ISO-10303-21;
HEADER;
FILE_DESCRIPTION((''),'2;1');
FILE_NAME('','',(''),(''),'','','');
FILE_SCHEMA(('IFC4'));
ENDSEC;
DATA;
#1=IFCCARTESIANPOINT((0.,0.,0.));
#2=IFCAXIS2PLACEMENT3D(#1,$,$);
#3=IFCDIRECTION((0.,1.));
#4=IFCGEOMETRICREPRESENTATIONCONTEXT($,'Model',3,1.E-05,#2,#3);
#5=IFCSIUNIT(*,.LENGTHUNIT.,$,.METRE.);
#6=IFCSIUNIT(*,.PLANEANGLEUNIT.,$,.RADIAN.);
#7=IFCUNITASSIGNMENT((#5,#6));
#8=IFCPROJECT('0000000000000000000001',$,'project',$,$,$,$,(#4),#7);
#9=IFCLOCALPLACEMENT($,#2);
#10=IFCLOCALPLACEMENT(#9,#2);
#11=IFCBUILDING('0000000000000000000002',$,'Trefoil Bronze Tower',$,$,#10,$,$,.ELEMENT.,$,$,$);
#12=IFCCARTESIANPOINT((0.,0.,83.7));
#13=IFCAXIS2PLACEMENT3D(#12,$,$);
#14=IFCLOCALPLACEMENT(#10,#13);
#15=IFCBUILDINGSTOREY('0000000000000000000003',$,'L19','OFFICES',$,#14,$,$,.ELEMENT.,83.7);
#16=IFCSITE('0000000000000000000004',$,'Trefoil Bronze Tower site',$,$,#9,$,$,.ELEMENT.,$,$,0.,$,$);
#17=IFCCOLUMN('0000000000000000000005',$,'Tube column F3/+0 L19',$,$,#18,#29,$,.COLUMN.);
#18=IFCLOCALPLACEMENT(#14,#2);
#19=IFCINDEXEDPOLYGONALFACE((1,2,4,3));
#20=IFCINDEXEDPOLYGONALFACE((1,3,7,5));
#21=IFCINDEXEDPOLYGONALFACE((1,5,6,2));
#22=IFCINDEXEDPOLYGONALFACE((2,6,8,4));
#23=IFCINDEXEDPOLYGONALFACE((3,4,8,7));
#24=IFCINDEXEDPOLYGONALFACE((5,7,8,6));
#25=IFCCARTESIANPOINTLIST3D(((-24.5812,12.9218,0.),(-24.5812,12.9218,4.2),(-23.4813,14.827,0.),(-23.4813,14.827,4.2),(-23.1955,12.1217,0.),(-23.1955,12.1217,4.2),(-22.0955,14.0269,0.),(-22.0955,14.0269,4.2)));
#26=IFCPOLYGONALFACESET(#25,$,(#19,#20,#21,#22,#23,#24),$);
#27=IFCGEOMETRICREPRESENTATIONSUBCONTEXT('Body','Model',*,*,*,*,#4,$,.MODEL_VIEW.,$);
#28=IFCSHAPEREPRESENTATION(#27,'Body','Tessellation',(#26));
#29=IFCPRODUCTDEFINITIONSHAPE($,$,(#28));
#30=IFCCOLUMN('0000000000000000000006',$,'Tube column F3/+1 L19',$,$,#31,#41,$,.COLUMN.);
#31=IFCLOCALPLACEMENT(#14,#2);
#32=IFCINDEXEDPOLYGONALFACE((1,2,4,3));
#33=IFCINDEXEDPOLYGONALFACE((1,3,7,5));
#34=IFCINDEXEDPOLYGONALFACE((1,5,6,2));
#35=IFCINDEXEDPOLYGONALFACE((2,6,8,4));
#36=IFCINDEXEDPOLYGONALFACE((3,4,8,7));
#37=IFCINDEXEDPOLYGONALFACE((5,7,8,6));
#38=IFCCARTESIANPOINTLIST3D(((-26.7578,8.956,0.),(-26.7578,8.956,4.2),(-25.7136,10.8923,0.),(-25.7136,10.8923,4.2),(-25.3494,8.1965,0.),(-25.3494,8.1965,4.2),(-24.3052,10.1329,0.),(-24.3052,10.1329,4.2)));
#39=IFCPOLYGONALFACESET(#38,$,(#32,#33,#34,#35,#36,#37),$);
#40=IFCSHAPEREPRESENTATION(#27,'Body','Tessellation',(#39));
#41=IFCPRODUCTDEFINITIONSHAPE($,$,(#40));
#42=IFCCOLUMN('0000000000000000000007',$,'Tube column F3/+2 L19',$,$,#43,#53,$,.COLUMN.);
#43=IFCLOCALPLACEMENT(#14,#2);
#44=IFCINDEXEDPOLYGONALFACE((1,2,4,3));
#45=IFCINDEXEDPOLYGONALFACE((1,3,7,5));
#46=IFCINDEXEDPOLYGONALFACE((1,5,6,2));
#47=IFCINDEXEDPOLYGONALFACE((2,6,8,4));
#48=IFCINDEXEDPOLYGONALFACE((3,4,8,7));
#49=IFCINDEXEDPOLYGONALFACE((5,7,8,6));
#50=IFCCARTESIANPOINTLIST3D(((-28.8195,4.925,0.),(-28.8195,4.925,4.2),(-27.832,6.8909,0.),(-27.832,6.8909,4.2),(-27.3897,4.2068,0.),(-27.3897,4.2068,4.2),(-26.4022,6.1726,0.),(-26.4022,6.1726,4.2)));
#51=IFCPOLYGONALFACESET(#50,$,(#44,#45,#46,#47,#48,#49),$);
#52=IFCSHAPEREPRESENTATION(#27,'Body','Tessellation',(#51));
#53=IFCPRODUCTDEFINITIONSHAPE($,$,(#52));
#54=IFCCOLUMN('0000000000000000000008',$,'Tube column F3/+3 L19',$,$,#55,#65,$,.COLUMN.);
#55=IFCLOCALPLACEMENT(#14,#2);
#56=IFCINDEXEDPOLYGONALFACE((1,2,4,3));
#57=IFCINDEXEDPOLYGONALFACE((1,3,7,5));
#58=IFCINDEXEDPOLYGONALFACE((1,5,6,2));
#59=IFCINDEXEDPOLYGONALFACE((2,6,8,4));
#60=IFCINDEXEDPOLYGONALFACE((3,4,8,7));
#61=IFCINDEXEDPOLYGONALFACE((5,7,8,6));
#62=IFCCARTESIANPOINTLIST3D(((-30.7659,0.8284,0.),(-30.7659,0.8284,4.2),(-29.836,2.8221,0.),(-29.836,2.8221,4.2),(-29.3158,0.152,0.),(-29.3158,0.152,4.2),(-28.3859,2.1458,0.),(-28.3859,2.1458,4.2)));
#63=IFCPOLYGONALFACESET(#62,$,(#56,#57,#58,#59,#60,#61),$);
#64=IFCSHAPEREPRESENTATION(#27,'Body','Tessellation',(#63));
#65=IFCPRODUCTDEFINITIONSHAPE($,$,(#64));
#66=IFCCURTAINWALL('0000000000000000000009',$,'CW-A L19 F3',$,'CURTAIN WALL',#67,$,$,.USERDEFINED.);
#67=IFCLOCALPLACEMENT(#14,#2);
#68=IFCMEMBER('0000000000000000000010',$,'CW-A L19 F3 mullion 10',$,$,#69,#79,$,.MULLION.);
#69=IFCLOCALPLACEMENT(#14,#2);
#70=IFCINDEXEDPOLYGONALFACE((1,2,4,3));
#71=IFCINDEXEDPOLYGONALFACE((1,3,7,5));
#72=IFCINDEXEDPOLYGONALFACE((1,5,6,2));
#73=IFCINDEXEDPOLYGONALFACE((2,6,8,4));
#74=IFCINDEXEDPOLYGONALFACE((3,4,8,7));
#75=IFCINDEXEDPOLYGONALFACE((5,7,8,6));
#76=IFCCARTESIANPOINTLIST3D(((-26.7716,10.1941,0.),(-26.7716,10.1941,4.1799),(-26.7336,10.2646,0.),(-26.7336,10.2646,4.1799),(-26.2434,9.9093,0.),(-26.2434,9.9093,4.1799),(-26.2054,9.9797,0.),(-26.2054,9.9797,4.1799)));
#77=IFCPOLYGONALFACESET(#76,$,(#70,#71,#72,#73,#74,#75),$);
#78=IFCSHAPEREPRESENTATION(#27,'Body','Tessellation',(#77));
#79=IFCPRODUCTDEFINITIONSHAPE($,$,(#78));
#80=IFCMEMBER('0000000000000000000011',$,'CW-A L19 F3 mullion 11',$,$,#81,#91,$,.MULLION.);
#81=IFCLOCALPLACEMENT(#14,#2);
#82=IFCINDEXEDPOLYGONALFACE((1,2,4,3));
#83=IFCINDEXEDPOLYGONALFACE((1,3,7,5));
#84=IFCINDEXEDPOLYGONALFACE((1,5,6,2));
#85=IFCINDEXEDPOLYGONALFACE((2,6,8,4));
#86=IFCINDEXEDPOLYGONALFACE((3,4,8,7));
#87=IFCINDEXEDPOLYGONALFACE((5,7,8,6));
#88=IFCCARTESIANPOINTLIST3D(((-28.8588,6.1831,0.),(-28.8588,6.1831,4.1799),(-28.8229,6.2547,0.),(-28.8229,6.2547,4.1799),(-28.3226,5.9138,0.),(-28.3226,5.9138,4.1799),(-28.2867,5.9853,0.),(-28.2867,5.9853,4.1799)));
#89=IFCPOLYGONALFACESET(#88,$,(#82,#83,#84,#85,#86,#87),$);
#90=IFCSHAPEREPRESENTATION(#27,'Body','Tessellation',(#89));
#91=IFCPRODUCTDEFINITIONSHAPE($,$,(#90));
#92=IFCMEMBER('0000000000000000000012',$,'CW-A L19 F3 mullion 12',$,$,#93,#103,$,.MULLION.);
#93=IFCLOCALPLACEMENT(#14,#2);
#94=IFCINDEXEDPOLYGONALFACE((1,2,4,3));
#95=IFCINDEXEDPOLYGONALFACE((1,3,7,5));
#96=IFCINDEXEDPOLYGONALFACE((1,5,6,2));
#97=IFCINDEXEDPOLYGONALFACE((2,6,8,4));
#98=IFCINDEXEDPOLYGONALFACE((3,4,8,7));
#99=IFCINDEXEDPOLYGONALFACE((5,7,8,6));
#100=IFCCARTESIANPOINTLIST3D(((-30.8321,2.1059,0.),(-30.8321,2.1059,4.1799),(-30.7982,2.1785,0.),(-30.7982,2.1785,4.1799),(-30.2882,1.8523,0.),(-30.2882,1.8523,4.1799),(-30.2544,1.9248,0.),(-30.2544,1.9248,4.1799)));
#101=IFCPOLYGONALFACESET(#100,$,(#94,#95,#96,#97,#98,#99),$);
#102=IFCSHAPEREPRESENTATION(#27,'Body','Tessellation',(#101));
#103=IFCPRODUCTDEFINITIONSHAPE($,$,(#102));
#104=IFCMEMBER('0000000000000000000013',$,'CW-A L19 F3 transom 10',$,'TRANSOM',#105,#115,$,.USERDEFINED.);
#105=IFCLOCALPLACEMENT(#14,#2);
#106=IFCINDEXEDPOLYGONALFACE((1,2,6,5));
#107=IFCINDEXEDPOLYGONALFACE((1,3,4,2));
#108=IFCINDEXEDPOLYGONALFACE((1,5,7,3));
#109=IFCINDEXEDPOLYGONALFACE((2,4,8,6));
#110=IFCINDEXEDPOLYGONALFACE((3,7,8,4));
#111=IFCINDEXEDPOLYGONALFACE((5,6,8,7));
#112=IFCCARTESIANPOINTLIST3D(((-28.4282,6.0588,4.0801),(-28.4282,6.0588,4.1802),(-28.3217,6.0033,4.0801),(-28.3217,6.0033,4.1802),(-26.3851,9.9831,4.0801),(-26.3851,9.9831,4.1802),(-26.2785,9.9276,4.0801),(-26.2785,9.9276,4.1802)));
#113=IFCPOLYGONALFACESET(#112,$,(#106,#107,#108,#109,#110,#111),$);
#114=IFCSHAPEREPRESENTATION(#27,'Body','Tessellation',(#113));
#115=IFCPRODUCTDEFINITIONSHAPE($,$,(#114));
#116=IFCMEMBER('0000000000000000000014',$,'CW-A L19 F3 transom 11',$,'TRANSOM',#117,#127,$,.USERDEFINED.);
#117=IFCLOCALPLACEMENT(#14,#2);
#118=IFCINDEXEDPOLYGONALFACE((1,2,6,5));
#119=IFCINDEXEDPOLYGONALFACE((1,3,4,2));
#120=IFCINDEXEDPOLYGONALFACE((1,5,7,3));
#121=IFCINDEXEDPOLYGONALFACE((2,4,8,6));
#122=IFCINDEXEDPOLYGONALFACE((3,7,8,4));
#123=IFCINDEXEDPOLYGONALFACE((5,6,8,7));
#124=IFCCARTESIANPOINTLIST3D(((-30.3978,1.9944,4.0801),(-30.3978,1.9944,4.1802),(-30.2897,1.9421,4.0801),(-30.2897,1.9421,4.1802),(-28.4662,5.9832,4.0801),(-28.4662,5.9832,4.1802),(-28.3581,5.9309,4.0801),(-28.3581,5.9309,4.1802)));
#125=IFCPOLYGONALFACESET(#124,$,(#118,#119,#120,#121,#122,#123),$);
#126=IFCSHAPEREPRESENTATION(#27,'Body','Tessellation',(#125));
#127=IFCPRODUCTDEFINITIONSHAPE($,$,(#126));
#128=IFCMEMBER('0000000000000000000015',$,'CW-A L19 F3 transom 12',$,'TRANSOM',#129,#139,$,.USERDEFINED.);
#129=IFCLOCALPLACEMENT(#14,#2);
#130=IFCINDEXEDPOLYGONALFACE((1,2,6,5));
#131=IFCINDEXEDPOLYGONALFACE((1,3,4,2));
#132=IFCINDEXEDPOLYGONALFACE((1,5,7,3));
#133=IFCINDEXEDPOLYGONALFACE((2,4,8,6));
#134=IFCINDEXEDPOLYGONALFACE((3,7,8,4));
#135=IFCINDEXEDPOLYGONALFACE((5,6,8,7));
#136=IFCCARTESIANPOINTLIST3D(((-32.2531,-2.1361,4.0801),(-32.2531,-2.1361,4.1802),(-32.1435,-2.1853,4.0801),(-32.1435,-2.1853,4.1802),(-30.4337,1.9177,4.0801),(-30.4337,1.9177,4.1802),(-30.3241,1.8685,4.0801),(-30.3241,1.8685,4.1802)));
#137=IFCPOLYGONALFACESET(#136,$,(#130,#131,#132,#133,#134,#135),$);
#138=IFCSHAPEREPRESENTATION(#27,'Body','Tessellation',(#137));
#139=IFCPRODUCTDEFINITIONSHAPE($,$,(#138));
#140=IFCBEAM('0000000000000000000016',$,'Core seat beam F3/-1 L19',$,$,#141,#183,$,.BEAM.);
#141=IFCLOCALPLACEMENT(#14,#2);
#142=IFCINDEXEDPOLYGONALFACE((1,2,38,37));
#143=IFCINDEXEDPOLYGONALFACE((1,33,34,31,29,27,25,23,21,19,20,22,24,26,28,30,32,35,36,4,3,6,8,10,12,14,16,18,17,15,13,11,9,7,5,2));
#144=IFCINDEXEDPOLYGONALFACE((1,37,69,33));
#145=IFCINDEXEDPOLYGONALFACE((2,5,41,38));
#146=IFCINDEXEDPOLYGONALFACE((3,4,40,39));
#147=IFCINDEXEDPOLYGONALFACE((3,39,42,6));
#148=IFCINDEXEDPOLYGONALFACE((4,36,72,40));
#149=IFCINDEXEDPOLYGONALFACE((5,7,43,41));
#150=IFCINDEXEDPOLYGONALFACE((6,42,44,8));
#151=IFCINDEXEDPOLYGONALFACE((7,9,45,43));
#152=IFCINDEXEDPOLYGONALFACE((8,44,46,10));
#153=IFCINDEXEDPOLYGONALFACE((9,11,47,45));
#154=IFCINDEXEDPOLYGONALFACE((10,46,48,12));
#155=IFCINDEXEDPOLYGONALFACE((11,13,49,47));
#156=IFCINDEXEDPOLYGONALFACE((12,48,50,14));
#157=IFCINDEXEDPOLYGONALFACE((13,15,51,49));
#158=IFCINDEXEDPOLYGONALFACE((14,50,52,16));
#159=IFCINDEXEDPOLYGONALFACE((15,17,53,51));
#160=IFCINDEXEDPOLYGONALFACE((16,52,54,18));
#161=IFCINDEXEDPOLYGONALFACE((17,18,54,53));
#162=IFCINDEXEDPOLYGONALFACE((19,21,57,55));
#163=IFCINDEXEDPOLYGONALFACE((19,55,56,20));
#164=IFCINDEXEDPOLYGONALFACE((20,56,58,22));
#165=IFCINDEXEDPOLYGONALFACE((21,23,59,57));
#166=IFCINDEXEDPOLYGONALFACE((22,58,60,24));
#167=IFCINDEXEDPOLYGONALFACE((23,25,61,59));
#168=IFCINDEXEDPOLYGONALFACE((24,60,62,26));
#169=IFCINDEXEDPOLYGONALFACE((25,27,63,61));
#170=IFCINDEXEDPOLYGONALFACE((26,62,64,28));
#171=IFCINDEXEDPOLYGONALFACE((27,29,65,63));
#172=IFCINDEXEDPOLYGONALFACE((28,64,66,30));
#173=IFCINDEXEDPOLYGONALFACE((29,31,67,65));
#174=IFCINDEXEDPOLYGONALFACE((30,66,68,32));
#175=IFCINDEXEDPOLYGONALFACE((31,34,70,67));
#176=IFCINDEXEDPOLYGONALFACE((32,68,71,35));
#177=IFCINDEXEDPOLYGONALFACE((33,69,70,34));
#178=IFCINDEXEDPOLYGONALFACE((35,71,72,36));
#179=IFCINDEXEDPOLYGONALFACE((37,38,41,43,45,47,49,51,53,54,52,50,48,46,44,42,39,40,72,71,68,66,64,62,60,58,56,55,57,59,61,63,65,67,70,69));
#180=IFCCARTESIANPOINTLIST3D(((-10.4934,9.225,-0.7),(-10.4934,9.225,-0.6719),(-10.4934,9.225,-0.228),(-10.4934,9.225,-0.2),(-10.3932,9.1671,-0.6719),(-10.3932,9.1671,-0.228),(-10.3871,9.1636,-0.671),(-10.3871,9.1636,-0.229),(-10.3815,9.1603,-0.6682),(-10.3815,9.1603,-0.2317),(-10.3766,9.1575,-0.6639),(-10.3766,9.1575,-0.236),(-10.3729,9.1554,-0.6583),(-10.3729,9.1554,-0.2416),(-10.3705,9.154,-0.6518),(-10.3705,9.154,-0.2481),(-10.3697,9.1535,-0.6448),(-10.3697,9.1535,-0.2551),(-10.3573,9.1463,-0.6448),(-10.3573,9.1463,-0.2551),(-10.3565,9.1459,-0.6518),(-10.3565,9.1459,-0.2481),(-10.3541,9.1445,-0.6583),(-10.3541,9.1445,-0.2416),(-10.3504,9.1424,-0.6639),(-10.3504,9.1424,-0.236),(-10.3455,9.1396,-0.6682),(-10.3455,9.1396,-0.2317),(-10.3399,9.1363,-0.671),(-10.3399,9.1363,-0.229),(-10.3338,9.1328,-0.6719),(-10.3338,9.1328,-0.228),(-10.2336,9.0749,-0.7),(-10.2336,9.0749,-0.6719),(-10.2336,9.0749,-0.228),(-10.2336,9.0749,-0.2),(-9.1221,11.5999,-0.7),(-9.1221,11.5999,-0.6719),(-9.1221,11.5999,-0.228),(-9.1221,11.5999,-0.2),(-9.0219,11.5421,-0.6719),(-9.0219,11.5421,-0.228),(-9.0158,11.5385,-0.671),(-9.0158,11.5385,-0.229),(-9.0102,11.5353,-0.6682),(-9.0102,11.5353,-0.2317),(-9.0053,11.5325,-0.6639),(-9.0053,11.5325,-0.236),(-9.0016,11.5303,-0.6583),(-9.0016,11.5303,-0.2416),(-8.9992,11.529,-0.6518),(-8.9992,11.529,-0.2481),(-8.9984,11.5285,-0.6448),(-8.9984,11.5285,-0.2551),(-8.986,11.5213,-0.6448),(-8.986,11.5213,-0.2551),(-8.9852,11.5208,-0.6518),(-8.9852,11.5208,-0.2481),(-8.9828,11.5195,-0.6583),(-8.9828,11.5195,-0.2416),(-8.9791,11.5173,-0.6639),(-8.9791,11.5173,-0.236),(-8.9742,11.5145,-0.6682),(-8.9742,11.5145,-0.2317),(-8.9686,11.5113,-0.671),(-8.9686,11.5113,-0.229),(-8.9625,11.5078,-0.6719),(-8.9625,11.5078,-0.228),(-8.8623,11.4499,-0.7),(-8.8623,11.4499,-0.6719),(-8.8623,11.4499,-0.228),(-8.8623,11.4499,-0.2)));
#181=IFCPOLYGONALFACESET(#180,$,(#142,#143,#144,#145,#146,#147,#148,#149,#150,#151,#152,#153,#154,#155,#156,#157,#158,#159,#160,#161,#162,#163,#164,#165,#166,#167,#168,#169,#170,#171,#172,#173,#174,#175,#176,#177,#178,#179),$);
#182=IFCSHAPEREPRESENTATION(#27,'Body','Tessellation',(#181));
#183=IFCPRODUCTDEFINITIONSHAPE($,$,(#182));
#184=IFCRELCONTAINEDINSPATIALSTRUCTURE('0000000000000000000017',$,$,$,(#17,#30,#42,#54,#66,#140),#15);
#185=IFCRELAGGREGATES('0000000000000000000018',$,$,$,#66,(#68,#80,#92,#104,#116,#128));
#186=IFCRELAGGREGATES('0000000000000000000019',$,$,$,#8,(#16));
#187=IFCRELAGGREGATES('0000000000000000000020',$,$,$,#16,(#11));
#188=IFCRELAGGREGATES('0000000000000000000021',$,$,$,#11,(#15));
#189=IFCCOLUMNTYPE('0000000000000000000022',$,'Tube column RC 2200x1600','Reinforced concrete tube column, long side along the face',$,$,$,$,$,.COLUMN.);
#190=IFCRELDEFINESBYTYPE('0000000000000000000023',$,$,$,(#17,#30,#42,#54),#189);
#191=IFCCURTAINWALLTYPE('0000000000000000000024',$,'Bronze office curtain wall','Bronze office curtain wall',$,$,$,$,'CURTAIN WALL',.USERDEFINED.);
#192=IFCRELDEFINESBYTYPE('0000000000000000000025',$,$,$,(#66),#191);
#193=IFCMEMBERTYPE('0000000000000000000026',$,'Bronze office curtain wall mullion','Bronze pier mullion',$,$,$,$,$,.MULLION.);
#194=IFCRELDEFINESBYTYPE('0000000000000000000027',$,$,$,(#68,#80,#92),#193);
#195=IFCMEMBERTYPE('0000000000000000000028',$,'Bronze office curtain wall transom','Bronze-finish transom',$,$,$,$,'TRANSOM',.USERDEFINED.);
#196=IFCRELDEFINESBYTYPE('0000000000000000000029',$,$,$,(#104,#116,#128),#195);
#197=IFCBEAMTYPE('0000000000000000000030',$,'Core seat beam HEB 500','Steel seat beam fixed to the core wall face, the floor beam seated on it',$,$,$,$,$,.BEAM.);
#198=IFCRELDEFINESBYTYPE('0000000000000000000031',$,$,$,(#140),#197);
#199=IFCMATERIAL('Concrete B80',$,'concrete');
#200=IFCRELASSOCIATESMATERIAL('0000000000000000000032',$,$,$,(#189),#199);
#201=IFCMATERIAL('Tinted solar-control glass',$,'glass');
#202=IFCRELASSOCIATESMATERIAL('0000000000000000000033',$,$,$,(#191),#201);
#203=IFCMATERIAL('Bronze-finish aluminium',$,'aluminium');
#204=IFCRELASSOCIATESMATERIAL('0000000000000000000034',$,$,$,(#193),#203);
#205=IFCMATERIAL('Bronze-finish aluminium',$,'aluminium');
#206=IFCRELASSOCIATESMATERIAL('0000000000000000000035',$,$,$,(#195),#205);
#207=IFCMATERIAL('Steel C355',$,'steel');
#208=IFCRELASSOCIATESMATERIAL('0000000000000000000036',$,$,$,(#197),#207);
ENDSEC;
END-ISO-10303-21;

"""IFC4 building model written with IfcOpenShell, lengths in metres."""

from ifc_helpers import new_model, si_unit, direction, frame, origin, origin_2d, place, context, subcontext, project, spatial, rectangle, i_section, extrude, material, material_profile, profile_set, type_object, element, aggregate, save


model = new_model("IFC4")

# Units and contexts
model_context = context("Model", 3, precision=1e-05, world=origin(), true_north=direction((0.0, 1.0)))
body_context = subcontext(model_context, "Body", "Model", "MODEL_VIEW")
ifc_project = project(units=[si_unit("LENGTHUNIT", "METRE"), si_unit("PLANEANGLEUNIT", "RADIAN")], contexts=[model_context])

# Site, building, storey
site_placement = place(None, origin())
site = spatial("IfcSite", under=ifc_project, at=site_placement, Name="Trefoil Bronze Tower site", CompositionType="ELEMENT", RefElevation=0.0)
building_placement = place(site_placement, origin())
building = spatial("IfcBuilding", under=site, at=building_placement, Name="Trefoil Bronze Tower", CompositionType="ELEMENT")
storey_placement = place(building_placement, frame((0.0, 0.0, 83.7)))
storey = spatial("IfcBuildingStorey", under=building, at=storey_placement, Name="L19", Description="OFFICES", CompositionType="ELEMENT", Elevation=83.7)

# Columns
ifc_material_1 = material(Name="Concrete B80", Category="concrete")
ifc_material_profile_1 = material_profile(ifc_material_1, rectangle(XDim=2.2, YDim=1.6001, at=origin_2d()), Name="RC 2200x1600")
ifc_profile_set_1 = profile_set([ifc_material_profile_1], Name="Concrete B80")
column_type = type_object("IfcColumnType", Name="Tube column RC 2200x1600", Description="Reinforced concrete tube column, long side along the face", PredefinedType="COLUMN", material=ifc_profile_set_1)
for number, where, z_axis, x_axis, name in (
    (1, (-23.3384, 13.4744, 0.0), (0.0, 0.0, 1.0), (-0.5, -0.866025, 0.0), "Tube column F3/+0 L19"),
    (2, (-25.5315, 9.5444, 0.0), (0.0, 0.0, 1.0), (-0.474656, -0.880171, 0.0), "Tube column F3/+1 L19"),
    (3, (-27.6108, 5.5488, 0.0), (0.0, 0.0, 1.0), (-0.44889, -0.893587, 0.0), "Tube column F3/+2 L19"),
    (4, (-29.5759, 1.4871, 0.0), (0.0, 0.0, 1.0), (-0.422701, -0.906269, 0.0), "Tube column F3/+3 L19"),
):
    element("IfcColumn", number, at=place(storey_placement, frame(where, z_axis=z_axis, x_axis=x_axis)), inside=storey, type_object=column_type, Name=name, PredefinedType="COLUMN", context=body_context, shape_type="SweptSolid", body=[
        extrude(rectangle(XDim=2.2, YDim=1.6001, at=origin_2d()), origin(), (0.0, 0.0, 1.0), 4.2),
    ])

# Curtain wall, members
ifc_material_2 = material(Name="Tinted solar-control glass", Category="glass")
curtain_wall_type = type_object("IfcCurtainWallType", Name="Bronze office curtain wall", Description="Bronze office curtain wall", ElementType="CURTAIN WALL", PredefinedType="USERDEFINED", material=ifc_material_2)
curtain_wall_placement = place(storey_placement, origin())
curtain_wall = element("IfcCurtainWall", 5, at=curtain_wall_placement, inside=storey, type_object=curtain_wall_type, Name="CW-A L19 F3", ObjectType="CURTAIN WALL", PredefinedType="USERDEFINED")
ifc_material_3 = material(Name="Bronze-finish aluminium", Category="aluminium")
ifc_material_profile_2 = material_profile(ifc_material_3, rectangle(XDim=0.6001, YDim=0.0801, at=origin_2d()), Name="CW-A mullion")
ifc_profile_set_2 = profile_set([ifc_material_profile_2], Name="Bronze-finish aluminium")
member_type_1 = type_object("IfcMemberType", Name="Bronze office curtain wall mullion", Description="Bronze pier mullion", PredefinedType="MULLION", material=ifc_profile_set_2)
member_1_placement = place(storey_placement, frame((-26.4885, 10.0869, 0.0), z_axis=(0.0, 0.0, 1.0), x_axis=(0.880171, -0.474656, 0.0)))
member_1 = element("IfcMember", 6, at=member_1_placement, type_object=member_type_1, Name="CW-A L19 F3 mullion 10", PredefinedType="MULLION", context=body_context, shape_type="SweptSolid", body=[
    extrude(rectangle(XDim=0.6001, YDim=0.0801, at=origin_2d()), origin(), (0.0, 0.0, 1.0), 4.1799),
])
member_2_placement = place(storey_placement, frame((-28.5728, 6.0842, 0.0), z_axis=(0.0, 0.0, 1.0), x_axis=(0.893587, -0.44889, 0.0)))
member_2 = element("IfcMember", 7, at=member_2_placement, type_object=member_type_1, Name="CW-A L19 F3 mullion 11", PredefinedType="MULLION", context=body_context, shape_type="SweptSolid", body=[
    extrude(rectangle(XDim=0.6001, YDim=0.0801, at=origin_2d()), origin(), (0.0, 0.0, 1.0), 4.1799),
])
member_3_placement = place(storey_placement, frame((-30.5432, 2.0154, 0.0), z_axis=(0.0, 0.0, 1.0), x_axis=(0.906269, -0.422701, 0.0)))
member_3 = element("IfcMember", 8, at=member_3_placement, type_object=member_type_1, Name="CW-A L19 F3 mullion 12", PredefinedType="MULLION", context=body_context, shape_type="SweptSolid", body=[
    extrude(rectangle(XDim=0.6001, YDim=0.0801, at=origin_2d()), origin(), (0.0, 0.0, 1.0), 4.1799),
])
ifc_material_4 = material(Name="Bronze-finish aluminium", Category="aluminium")
ifc_material_profile_3 = material_profile(ifc_material_4, rectangle(XDim=0.1201, YDim=0.1001, at=origin_2d()), Name="CW-A transom")
ifc_profile_set_3 = profile_set([ifc_material_profile_3], Name="Bronze-finish aluminium")
member_type_2 = type_object("IfcMemberType", Name="Bronze office curtain wall transom", Description="Bronze-finish transom", ElementType="TRANSOM", PredefinedType="USERDEFINED", material=ifc_profile_set_3)
member_4_placement = place(storey_placement, frame((-26.3318, 9.9553, 4.1301), z_axis=(-0.46181, -0.886979, 0.0), x_axis=(0.886979, -0.46181, 0.0)))
member_4 = element("IfcMember", 9, at=member_4_placement, type_object=member_type_2, Name="CW-A L19 F3 transom 10", ObjectType="TRANSOM", PredefinedType="USERDEFINED", context=body_context, shape_type="SweptSolid", body=[
    extrude(rectangle(XDim=0.1201, YDim=0.1001, at=origin_2d()), origin(), (0.0, 0.0, 1.0), 4.4243),
])
member_5_placement = place(storey_placement, frame((-28.4121, 5.957, 4.1301), z_axis=(-0.435852, -0.900018, 0.0), x_axis=(0.900018, -0.435852, 0.0)))
member_5 = element("IfcMember", 10, at=member_5_placement, type_object=member_type_2, Name="CW-A L19 F3 transom 11", ObjectType="TRANSOM", PredefinedType="USERDEFINED", context=body_context, shape_type="SweptSolid", body=[
    extrude(rectangle(XDim=0.1201, YDim=0.1001, at=origin_2d()), origin(), (0.0, 0.0, 1.0), 4.4319),
])
member_6_placement = place(storey_placement, frame((-30.3789, 1.8931, 4.1301), z_axis=(-0.40946, -0.912328, 0.0), x_axis=(0.912328, -0.40946, 0.0)))
member_6 = element("IfcMember", 11, at=member_6_placement, type_object=member_type_2, Name="CW-A L19 F3 transom 12", ObjectType="TRANSOM", PredefinedType="USERDEFINED", context=body_context, shape_type="SweptSolid", body=[
    extrude(rectangle(XDim=0.1201, YDim=0.1001, at=origin_2d()), origin(), (0.0, 0.0, 1.0), 4.4434),
])

# Beam
ifc_material_5 = material(Name="Steel C355", Category="steel")
ifc_material_profile_4 = material_profile(ifc_material_5, i_section(OverallWidth=0.3, OverallDepth=0.5, WebThickness=0.0144, FlangeThickness=0.0281, FilletRadius=0.0271, at=origin_2d()), Name="HEB 500")
ifc_profile_set_4 = profile_set([ifc_material_profile_4], Name="Steel C355")
beam_type_1 = type_object("IfcBeamType", Name="Core seat beam HEB 500", Description="Steel seat beam fixed to the core wall face, the floor beam seated on it", PredefinedType="BEAM", material=ifc_profile_set_4)
for number, where, z_axis, x_axis, name in (
    (12, (-8.9922, 11.5249, -0.45), (-0.500036, -0.866005, 0.0), (0.866005, -0.500036, 0.0), "Core seat beam F3/-1 L19"),
):
    element("IfcBeam", number, at=place(storey_placement, frame(where, z_axis=z_axis, x_axis=x_axis)), inside=storey, type_object=beam_type_1, Name=name, PredefinedType="BEAM", context=body_context, shape_type="SweptSolid", body=[
        extrude(i_section(OverallWidth=0.3, OverallDepth=0.5, WebThickness=0.0144, FlangeThickness=0.0281, FilletRadius=0.0271, at=origin_2d()), origin(), (0.0, 0.0, 1.0), 2.7424),
    ])

aggregate(curtain_wall, [member_1, member_2, member_3, member_4, member_5, member_6])

save(model, "model.ifc")
